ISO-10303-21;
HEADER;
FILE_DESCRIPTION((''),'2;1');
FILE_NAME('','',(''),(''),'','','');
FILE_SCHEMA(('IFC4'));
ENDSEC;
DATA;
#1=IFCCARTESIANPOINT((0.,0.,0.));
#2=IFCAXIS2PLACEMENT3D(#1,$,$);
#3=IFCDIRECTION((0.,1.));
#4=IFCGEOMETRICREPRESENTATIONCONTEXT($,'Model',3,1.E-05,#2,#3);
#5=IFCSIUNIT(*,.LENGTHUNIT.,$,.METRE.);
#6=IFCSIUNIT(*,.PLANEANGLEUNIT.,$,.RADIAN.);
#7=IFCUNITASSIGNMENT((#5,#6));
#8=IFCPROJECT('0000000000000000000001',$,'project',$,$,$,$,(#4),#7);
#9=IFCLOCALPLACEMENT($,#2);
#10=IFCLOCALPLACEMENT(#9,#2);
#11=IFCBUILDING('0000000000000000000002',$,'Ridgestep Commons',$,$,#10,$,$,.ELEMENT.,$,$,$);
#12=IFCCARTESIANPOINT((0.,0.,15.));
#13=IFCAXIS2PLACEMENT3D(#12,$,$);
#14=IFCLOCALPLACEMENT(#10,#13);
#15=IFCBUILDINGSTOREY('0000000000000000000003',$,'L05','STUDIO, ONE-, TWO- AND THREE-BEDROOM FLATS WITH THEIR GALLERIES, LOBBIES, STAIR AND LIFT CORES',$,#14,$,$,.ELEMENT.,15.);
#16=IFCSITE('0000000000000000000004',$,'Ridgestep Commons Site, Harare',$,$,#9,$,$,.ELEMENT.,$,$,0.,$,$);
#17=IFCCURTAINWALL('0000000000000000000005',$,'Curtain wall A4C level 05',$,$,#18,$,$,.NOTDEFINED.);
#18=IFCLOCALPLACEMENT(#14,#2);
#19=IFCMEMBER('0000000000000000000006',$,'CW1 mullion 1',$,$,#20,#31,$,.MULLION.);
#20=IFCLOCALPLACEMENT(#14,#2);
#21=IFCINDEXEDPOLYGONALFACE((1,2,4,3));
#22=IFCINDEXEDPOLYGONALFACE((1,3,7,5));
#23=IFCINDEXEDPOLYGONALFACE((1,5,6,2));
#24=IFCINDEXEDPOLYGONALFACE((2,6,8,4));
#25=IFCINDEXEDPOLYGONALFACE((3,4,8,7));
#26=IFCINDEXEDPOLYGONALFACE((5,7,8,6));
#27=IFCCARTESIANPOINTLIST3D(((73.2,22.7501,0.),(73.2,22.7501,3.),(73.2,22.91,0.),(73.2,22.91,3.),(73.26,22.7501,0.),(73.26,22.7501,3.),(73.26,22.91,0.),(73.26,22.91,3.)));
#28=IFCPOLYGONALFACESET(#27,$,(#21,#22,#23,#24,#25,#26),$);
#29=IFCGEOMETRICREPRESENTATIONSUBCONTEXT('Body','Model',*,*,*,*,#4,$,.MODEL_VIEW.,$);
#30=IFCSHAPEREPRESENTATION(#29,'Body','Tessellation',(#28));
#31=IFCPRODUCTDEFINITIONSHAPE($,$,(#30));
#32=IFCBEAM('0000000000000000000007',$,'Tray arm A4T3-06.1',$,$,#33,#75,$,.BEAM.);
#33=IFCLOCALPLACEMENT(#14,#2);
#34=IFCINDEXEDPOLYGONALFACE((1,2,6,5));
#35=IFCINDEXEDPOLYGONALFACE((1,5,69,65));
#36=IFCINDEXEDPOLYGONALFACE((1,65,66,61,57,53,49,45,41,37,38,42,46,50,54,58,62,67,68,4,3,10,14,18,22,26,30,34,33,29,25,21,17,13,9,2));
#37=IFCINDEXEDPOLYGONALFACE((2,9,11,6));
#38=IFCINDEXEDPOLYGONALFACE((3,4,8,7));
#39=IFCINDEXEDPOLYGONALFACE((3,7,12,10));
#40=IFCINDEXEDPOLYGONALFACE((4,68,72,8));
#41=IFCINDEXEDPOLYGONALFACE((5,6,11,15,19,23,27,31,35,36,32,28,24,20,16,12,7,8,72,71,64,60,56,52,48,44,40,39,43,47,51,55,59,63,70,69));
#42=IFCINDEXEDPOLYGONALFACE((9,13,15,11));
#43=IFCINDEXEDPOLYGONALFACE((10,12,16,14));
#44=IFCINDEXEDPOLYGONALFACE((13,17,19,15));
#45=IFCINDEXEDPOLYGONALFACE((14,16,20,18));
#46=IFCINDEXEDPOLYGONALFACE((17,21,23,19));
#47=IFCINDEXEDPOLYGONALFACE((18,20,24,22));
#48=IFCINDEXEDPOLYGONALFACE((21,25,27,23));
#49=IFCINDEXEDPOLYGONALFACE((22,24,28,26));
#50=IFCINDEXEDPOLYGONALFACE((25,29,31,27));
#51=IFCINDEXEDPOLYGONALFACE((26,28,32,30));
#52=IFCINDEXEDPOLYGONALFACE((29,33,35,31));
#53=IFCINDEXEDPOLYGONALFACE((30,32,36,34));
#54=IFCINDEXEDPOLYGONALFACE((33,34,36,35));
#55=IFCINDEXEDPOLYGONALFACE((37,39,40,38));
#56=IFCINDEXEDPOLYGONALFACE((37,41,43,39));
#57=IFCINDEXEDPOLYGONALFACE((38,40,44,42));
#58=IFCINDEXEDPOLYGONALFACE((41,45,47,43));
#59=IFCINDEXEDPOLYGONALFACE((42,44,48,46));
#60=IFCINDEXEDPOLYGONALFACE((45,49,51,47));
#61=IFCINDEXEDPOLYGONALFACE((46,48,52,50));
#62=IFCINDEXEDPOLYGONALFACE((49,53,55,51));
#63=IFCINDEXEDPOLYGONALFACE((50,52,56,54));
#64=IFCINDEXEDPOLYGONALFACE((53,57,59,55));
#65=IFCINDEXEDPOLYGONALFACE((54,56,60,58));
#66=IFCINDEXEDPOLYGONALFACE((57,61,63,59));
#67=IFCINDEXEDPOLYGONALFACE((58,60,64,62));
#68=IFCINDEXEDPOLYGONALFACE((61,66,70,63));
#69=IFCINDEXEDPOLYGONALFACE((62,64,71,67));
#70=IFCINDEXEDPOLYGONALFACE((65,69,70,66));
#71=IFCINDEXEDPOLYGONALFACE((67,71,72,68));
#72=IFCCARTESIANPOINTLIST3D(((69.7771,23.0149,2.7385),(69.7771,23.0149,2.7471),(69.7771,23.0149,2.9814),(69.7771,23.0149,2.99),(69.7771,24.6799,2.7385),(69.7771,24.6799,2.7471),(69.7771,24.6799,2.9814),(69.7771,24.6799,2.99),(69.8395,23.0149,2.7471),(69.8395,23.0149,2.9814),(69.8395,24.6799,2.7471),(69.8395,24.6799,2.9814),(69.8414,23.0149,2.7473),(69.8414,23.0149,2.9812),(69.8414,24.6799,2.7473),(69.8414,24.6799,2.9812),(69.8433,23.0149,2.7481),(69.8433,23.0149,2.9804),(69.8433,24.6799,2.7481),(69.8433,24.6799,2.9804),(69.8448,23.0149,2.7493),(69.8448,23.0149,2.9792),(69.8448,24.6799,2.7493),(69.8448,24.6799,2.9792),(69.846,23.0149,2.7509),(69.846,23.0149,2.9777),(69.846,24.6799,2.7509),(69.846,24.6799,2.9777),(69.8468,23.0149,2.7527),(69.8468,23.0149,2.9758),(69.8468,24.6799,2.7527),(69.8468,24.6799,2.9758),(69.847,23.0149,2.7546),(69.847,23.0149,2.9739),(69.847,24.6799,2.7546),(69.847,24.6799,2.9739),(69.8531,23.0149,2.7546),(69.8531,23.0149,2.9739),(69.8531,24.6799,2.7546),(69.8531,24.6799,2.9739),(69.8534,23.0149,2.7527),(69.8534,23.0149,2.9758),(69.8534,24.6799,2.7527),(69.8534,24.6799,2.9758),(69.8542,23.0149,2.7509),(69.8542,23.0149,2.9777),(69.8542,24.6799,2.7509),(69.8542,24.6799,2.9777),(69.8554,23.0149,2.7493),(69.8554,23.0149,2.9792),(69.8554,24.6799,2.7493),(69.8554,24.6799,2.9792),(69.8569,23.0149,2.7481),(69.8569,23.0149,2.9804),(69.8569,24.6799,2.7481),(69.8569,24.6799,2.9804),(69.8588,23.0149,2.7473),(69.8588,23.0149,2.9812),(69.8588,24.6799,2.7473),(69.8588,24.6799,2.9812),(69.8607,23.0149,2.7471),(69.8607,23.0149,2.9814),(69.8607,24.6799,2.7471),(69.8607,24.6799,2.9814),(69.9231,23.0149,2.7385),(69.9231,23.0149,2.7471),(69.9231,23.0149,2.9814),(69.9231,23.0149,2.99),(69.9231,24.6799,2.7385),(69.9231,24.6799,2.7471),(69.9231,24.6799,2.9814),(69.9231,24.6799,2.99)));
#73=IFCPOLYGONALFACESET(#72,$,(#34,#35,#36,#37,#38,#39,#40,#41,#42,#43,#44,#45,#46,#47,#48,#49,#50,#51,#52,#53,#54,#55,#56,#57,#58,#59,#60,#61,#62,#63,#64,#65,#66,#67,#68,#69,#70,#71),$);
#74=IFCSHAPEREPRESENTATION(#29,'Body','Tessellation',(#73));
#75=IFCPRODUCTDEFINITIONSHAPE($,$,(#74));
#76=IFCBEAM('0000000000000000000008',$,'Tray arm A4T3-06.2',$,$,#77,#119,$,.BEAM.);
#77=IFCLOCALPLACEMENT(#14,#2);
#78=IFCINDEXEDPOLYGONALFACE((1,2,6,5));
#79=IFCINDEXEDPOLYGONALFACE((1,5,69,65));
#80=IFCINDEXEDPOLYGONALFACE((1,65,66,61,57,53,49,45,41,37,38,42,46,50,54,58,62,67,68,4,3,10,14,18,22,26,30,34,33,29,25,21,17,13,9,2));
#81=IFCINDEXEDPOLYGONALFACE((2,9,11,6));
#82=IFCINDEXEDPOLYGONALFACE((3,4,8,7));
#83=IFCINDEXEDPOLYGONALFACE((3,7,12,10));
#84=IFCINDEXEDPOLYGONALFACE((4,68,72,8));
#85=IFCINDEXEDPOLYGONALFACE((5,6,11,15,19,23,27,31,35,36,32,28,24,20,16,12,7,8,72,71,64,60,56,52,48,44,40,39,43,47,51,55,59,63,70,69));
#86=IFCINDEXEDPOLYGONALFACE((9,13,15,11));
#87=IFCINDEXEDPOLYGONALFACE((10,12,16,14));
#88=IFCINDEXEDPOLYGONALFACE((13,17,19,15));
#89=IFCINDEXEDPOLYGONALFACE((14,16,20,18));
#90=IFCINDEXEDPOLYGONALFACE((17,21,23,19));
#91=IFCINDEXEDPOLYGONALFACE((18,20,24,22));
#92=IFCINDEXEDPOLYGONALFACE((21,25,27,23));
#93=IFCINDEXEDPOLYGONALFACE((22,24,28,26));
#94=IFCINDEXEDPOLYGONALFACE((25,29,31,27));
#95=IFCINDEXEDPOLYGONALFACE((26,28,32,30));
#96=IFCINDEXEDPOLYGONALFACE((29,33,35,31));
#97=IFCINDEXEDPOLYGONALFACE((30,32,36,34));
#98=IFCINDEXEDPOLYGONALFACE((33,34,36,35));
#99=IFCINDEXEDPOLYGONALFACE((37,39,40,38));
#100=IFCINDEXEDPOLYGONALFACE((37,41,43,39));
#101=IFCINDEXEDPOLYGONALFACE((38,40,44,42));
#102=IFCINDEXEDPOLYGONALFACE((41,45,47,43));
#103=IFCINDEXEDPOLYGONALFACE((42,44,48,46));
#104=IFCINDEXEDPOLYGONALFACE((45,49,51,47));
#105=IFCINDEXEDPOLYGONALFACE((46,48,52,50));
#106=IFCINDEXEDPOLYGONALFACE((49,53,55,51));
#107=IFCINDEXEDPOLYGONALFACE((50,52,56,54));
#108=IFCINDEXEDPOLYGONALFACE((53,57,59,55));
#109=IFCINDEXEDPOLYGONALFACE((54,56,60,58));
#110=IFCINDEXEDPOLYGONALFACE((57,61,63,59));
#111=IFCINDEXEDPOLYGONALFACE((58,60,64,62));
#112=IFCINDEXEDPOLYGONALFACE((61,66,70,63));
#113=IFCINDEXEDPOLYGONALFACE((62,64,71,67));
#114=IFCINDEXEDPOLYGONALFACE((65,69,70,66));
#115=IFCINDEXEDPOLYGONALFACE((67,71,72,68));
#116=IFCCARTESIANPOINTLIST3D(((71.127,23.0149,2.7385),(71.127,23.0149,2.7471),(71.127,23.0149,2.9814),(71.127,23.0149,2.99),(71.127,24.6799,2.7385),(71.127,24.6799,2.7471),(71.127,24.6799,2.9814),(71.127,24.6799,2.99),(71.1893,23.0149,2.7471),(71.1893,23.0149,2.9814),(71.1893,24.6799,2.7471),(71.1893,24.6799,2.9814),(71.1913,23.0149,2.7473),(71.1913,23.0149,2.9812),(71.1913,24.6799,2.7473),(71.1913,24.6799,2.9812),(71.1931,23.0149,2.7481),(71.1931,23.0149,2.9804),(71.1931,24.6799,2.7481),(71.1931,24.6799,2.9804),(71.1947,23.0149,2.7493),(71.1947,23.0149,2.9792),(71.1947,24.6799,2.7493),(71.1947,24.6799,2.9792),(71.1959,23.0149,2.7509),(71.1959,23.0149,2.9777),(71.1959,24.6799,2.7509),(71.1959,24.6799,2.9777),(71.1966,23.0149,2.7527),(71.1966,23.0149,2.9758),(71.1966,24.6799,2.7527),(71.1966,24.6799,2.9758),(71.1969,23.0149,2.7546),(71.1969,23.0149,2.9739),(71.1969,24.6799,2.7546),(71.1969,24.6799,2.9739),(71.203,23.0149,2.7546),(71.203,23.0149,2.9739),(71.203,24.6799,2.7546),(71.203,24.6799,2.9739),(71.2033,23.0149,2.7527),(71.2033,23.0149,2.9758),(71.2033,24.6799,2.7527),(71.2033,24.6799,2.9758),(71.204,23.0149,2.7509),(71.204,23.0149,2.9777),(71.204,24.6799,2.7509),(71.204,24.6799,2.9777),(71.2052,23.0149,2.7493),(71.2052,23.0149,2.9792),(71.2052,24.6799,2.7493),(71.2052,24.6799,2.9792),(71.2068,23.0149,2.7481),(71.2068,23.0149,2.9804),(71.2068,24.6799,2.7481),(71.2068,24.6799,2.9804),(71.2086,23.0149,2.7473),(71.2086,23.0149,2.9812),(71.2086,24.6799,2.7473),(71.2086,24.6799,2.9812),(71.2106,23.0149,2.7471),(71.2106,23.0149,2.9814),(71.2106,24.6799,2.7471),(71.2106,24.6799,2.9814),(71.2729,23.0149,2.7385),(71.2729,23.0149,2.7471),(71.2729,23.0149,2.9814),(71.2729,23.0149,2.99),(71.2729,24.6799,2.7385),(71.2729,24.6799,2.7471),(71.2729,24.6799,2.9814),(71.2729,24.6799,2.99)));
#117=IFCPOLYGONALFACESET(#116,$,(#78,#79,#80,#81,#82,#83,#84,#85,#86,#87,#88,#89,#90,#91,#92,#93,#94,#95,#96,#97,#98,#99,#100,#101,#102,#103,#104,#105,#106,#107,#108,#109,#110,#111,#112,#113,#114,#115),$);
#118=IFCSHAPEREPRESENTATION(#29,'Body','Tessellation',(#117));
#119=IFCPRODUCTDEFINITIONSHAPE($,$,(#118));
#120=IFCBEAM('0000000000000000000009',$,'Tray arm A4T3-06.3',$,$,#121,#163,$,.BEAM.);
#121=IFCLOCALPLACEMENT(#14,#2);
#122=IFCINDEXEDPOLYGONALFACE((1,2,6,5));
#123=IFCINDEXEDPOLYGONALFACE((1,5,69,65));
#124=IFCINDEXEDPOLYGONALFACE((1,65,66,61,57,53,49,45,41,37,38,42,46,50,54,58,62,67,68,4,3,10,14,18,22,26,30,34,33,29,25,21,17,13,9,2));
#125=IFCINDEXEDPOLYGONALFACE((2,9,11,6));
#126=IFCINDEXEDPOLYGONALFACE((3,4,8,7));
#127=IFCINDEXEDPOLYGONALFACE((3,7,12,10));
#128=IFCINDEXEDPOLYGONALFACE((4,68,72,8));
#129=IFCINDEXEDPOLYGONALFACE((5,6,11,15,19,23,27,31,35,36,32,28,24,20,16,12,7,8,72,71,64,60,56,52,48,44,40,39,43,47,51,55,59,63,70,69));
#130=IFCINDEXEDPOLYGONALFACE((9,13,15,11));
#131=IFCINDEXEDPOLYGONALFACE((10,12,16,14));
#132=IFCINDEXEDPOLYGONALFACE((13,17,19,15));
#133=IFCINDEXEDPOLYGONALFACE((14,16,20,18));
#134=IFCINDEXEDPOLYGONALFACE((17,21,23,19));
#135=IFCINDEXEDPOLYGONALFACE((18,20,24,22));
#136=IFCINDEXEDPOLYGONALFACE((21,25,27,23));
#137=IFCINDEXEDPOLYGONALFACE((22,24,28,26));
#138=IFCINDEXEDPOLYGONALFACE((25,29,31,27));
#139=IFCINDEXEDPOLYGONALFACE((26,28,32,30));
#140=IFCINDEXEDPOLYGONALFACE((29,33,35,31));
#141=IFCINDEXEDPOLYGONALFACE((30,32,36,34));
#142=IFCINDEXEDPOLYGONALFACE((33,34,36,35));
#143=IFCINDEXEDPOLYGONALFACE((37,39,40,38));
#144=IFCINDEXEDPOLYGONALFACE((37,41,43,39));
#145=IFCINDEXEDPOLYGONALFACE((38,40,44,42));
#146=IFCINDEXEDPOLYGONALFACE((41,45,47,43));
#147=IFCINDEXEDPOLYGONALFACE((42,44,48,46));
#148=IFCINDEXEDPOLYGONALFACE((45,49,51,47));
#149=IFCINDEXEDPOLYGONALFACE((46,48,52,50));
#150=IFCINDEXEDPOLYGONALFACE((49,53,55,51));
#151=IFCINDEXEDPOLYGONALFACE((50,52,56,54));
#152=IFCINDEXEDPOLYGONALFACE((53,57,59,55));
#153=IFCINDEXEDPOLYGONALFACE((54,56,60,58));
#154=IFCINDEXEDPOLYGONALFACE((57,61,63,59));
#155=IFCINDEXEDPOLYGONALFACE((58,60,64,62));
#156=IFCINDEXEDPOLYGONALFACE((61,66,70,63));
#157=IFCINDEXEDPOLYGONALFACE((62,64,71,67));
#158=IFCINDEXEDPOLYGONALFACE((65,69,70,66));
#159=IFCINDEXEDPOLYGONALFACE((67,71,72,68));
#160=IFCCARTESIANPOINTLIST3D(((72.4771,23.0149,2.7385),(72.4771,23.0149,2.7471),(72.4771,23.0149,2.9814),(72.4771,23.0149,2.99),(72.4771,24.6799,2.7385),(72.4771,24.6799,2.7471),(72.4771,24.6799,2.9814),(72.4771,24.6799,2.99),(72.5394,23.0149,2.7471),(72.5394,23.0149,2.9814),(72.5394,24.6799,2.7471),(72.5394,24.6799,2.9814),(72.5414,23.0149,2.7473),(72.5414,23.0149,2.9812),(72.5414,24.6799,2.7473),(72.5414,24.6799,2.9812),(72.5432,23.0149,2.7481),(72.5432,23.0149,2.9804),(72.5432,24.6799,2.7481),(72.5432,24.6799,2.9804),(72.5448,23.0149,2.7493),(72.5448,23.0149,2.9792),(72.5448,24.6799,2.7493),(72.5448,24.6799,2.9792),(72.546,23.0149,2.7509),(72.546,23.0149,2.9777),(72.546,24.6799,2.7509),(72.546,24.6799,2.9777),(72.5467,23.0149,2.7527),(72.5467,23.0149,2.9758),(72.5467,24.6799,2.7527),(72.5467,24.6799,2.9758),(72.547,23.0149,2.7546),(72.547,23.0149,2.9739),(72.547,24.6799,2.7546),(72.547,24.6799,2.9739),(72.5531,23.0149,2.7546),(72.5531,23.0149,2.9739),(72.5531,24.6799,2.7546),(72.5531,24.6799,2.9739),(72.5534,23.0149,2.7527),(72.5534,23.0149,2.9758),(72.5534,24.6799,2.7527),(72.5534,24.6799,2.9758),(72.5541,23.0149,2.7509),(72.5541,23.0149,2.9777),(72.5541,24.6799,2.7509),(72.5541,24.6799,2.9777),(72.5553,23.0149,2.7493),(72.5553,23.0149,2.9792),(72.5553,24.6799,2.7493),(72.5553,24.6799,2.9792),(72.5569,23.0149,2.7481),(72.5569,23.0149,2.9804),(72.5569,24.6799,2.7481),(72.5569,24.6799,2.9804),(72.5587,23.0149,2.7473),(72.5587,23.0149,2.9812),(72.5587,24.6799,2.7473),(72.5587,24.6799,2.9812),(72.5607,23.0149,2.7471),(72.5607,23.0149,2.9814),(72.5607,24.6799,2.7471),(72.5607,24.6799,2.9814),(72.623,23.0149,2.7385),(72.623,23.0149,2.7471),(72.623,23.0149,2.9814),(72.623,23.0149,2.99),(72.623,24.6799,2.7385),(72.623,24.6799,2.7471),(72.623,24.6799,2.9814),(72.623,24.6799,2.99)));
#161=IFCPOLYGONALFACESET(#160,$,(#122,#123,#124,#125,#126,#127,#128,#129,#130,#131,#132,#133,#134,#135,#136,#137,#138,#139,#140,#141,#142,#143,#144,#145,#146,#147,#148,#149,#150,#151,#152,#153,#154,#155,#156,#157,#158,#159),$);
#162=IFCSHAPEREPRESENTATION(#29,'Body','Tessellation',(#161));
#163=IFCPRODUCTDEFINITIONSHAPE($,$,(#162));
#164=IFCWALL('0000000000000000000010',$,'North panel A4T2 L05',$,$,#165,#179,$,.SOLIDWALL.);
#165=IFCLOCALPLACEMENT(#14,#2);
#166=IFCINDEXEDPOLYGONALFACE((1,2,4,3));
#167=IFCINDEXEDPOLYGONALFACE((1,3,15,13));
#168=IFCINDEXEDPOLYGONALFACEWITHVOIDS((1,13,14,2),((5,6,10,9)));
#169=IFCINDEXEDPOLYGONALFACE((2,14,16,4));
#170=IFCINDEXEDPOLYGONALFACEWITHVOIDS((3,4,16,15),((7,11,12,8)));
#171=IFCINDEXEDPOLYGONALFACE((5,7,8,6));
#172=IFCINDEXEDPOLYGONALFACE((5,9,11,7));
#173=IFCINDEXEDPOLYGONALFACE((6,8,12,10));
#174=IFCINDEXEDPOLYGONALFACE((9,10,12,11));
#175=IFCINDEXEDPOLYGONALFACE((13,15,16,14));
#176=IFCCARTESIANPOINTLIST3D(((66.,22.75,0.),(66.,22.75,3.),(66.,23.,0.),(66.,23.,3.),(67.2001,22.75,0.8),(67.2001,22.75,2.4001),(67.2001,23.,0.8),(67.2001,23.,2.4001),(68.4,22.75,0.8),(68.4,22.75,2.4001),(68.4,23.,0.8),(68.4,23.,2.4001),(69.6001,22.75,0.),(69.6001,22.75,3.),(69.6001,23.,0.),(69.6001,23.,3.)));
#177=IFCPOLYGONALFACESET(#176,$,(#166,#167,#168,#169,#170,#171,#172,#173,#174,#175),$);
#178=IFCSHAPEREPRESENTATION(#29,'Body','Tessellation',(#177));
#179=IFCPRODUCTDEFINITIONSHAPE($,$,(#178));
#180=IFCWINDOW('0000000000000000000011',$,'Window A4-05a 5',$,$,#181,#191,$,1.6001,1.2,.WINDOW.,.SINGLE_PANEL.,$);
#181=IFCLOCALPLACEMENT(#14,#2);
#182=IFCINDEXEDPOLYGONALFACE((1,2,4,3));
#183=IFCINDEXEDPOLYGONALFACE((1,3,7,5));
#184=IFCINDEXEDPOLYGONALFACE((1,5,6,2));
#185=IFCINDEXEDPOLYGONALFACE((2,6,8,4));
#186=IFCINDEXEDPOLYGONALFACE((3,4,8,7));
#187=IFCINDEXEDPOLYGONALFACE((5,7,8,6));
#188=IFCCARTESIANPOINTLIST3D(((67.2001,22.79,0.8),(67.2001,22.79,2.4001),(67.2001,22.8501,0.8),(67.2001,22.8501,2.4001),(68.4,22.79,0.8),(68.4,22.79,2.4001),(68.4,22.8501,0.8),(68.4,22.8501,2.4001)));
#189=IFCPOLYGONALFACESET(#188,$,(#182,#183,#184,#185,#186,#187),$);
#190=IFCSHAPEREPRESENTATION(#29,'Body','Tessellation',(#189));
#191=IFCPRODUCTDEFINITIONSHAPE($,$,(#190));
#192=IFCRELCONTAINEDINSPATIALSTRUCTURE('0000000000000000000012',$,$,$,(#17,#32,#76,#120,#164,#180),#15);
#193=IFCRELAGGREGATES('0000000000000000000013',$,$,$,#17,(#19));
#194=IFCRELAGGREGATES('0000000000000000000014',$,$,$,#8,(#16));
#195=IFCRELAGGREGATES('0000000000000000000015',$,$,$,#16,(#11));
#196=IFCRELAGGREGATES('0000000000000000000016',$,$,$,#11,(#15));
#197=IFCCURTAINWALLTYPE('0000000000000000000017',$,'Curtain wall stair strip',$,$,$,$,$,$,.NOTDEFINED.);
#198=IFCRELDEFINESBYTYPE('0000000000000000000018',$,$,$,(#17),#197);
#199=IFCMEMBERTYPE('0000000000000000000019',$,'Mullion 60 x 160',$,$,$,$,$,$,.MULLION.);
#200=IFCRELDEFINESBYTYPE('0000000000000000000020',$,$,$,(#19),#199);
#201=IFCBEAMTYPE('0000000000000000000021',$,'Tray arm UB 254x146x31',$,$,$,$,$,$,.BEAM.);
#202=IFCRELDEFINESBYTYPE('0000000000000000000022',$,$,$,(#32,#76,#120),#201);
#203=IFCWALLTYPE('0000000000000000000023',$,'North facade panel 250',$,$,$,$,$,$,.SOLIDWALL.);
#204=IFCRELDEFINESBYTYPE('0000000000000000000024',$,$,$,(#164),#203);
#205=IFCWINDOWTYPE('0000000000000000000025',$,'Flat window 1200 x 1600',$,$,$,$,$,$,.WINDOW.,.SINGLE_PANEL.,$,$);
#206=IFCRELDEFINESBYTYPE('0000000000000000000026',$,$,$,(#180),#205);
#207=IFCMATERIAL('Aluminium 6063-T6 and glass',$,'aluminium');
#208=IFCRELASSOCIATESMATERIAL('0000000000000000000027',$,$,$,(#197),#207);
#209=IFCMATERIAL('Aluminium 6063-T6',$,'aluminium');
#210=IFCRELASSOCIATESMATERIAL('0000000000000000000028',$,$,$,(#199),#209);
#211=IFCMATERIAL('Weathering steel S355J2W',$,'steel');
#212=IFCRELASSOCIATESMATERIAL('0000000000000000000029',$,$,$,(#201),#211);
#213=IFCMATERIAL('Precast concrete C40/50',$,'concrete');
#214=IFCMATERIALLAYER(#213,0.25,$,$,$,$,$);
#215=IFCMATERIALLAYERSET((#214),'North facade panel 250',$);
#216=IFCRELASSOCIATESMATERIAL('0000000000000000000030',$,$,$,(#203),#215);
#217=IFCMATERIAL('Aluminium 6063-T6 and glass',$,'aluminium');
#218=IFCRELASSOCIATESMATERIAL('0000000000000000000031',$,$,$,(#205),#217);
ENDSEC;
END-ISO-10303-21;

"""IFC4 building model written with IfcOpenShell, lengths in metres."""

from ifc_helpers import new_model, si_unit, direction, frame, frame_2d, origin, origin_2d, place, context, subcontext, project, spatial, rectangle, i_section, extrude, material, layer, layer_set, material_profile, profile_set, type_object, element, fill, aggregate, save


model = new_model("IFC4")

# Units and contexts
model_context = context("Model", 3, precision=1e-05, world=origin(), true_north=direction((0.0, 1.0)))
body_context = subcontext(model_context, "Body", "Model", "MODEL_VIEW")
ifc_project = project(units=[si_unit("LENGTHUNIT", "METRE"), si_unit("PLANEANGLEUNIT", "RADIAN")], contexts=[model_context])

# Site, building, storey
site_placement = place(None, origin())
site = spatial("IfcSite", under=ifc_project, at=site_placement, Name="Ridgestep Commons Site, Harare", CompositionType="ELEMENT", RefElevation=0.0)
building_placement = place(site_placement, origin())
building = spatial("IfcBuilding", under=site, at=building_placement, Name="Ridgestep Commons", CompositionType="ELEMENT")
storey_placement = place(building_placement, frame((0.0, 0.0, 15.0)))
storey = spatial("IfcBuildingStorey", under=building, at=storey_placement, Name="L05", Description="STUDIO, ONE-, TWO- AND THREE-BEDROOM FLATS WITH THEIR GALLERIES, LOBBIES, STAIR AND LIFT CORES", CompositionType="ELEMENT", Elevation=15.0)

# Curtain wall, member
ifc_material_1 = material(Name="Aluminium 6063-T6 and glass", Category="aluminium")
curtain_wall_type = type_object("IfcCurtainWallType", Name="Curtain wall stair strip", PredefinedType="NOTDEFINED", material=ifc_material_1)
curtain_wall_placement = place(storey_placement, origin())
curtain_wall = element("IfcCurtainWall", 1, at=curtain_wall_placement, inside=storey, type_object=curtain_wall_type, Name="Curtain wall A4C level 05", PredefinedType="NOTDEFINED")
ifc_material_2 = material(Name="Aluminium 6063-T6", Category="aluminium")
ifc_material_profile_1 = material_profile(ifc_material_2, rectangle(XDim=0.1599, YDim=0.0601, at=origin_2d()), Name="Mullion 60 x 160")
ifc_profile_set_1 = profile_set([ifc_material_profile_1], Name="Aluminium 6063-T6")
member_type = type_object("IfcMemberType", Name="Mullion 60 x 160", PredefinedType="MULLION", material=ifc_profile_set_1)
member_placement = place(storey_placement, frame((73.23, 22.8301, 0.0), z_axis=(0.0, 0.0, 1.0), x_axis=(0.0, 1.0, 0.0)))
member = element("IfcMember", 2, at=member_placement, type_object=member_type, Name="CW1 mullion 1", PredefinedType="MULLION", context=body_context, shape_type="SweptSolid", body=[
    extrude(rectangle(XDim=0.1599, YDim=0.0601, at=origin_2d()), origin(), (0.0, 0.0, 1.0), 3.0),
])
aggregate(curtain_wall, [member])

# Beams
ifc_material_3 = material(Name="Weathering steel S355J2W", Category="steel")
ifc_material_profile_2 = material_profile(ifc_material_3, i_section(OverallWidth=0.146, OverallDepth=0.2515, WebThickness=0.0061, FlangeThickness=0.0085, FilletRadius=0.0076, at=origin_2d()), Name="UB 254x146x31")
ifc_profile_set_2 = profile_set([ifc_material_profile_2], Name="Weathering steel S355J2W")
beam_type = type_object("IfcBeamType", Name="Tray arm UB 254x146x31", PredefinedType="BEAM", material=ifc_profile_set_2)
for number, where, z_axis, x_axis, name in (
    (3, (69.8501, 23.0149, 2.8643), (0.0, 1.0, 0.0), (-1.0, 0.0, 0.0), "Tray arm A4T3-06.1"),
    (4, (71.2, 23.0149, 2.8643), (0.0, 1.0, 0.0), (-1.0, 0.0, 0.0), "Tray arm A4T3-06.2"),
    (5, (72.55, 23.0149, 2.8643), (0.0, 1.0, 0.0), (-1.0, 0.0, 0.0), "Tray arm A4T3-06.3"),
):
    element("IfcBeam", number, at=place(storey_placement, frame(where, z_axis=z_axis, x_axis=x_axis)), inside=storey, type_object=beam_type, Name=name, PredefinedType="BEAM", context=body_context, shape_type="SweptSolid", body=[
        extrude(i_section(OverallWidth=0.146, OverallDepth=0.2515, WebThickness=0.0061, FlangeThickness=0.0085, FilletRadius=0.0076, at=origin_2d()), origin(), (0.0, 0.0, 1.0), 1.665),
    ])

# Wall, opening, window
ifc_material_4 = material(Name="Precast concrete C40/50", Category="concrete")
ifc_layer_1 = layer(ifc_material_4, 0.25)
ifc_layer_set_1 = layer_set([ifc_layer_1], Name="North facade panel 250")
wall_type_1 = type_object("IfcWallType", Name="North facade panel 250", PredefinedType="SOLIDWALL", material=ifc_layer_set_1)
wall_1_placement = place(storey_placement, frame((66.0, 22.875, 0.0), z_axis=(0.0, 0.0, 1.0), x_axis=(1.0, 0.0, 0.0)))
wall_1 = element("IfcWall", 6, at=wall_1_placement, inside=storey, type_object=wall_type_1, Name="North panel A4T2 L05", PredefinedType="SOLIDWALL", context=body_context, shape_type="SweptSolid", body=[
    extrude(rectangle(XDim=3.6001, YDim=0.25, at=frame_2d((1.8, 0.0))), origin(), (0.0, 0.0, 1.0), 3.0),
])
opening_1_placement = place(wall_1_placement, frame((1.2, 0.0, 0.8)))
opening_1 = element("IfcOpeningElement", 7, at=opening_1_placement, cuts=wall_1, PredefinedType="OPENING", context=body_context, shape_type="SweptSolid", body=[
    extrude(rectangle(XDim=1.2, YDim=1.6001, at=frame_2d((0.6001, 0.8))), frame((0.0, 0.135, 0.0), z_axis=(0.0, -1.0, 0.0), x_axis=(1.0, 0.0, 0.0)), (0.0, 0.0, 1.0), 0.27),
])
ifc_material_5 = material(Name="Aluminium 6063-T6 and glass", Category="aluminium")
window_type_1 = type_object("IfcWindowType", Name="Flat window 1200 x 1600", PartitioningType="SINGLE_PANEL", PredefinedType="WINDOW", material=ifc_material_5)
window_1_placement = place(opening_1_placement, origin())
window_1 = element("IfcWindow", 8, at=window_1_placement, inside=storey, type_object=window_type_1, Name="Window A4-05a 5", OverallHeight=1.6001, OverallWidth=1.2, PartitioningType="SINGLE_PANEL", PredefinedType="WINDOW", context=body_context, shape_type="SweptSolid", body=[
    extrude(rectangle(XDim=1.2, YDim=1.6001, at=frame_2d((0.6001, 0.8))), frame((0.0, -0.0249, 0.0), z_axis=(0.0, -1.0, 0.0), x_axis=(1.0, 0.0, 0.0)), (0.0, 0.0, 1.0), 0.0601),
])
fill(opening_1, window_1)

save(model, "model.ifc")
